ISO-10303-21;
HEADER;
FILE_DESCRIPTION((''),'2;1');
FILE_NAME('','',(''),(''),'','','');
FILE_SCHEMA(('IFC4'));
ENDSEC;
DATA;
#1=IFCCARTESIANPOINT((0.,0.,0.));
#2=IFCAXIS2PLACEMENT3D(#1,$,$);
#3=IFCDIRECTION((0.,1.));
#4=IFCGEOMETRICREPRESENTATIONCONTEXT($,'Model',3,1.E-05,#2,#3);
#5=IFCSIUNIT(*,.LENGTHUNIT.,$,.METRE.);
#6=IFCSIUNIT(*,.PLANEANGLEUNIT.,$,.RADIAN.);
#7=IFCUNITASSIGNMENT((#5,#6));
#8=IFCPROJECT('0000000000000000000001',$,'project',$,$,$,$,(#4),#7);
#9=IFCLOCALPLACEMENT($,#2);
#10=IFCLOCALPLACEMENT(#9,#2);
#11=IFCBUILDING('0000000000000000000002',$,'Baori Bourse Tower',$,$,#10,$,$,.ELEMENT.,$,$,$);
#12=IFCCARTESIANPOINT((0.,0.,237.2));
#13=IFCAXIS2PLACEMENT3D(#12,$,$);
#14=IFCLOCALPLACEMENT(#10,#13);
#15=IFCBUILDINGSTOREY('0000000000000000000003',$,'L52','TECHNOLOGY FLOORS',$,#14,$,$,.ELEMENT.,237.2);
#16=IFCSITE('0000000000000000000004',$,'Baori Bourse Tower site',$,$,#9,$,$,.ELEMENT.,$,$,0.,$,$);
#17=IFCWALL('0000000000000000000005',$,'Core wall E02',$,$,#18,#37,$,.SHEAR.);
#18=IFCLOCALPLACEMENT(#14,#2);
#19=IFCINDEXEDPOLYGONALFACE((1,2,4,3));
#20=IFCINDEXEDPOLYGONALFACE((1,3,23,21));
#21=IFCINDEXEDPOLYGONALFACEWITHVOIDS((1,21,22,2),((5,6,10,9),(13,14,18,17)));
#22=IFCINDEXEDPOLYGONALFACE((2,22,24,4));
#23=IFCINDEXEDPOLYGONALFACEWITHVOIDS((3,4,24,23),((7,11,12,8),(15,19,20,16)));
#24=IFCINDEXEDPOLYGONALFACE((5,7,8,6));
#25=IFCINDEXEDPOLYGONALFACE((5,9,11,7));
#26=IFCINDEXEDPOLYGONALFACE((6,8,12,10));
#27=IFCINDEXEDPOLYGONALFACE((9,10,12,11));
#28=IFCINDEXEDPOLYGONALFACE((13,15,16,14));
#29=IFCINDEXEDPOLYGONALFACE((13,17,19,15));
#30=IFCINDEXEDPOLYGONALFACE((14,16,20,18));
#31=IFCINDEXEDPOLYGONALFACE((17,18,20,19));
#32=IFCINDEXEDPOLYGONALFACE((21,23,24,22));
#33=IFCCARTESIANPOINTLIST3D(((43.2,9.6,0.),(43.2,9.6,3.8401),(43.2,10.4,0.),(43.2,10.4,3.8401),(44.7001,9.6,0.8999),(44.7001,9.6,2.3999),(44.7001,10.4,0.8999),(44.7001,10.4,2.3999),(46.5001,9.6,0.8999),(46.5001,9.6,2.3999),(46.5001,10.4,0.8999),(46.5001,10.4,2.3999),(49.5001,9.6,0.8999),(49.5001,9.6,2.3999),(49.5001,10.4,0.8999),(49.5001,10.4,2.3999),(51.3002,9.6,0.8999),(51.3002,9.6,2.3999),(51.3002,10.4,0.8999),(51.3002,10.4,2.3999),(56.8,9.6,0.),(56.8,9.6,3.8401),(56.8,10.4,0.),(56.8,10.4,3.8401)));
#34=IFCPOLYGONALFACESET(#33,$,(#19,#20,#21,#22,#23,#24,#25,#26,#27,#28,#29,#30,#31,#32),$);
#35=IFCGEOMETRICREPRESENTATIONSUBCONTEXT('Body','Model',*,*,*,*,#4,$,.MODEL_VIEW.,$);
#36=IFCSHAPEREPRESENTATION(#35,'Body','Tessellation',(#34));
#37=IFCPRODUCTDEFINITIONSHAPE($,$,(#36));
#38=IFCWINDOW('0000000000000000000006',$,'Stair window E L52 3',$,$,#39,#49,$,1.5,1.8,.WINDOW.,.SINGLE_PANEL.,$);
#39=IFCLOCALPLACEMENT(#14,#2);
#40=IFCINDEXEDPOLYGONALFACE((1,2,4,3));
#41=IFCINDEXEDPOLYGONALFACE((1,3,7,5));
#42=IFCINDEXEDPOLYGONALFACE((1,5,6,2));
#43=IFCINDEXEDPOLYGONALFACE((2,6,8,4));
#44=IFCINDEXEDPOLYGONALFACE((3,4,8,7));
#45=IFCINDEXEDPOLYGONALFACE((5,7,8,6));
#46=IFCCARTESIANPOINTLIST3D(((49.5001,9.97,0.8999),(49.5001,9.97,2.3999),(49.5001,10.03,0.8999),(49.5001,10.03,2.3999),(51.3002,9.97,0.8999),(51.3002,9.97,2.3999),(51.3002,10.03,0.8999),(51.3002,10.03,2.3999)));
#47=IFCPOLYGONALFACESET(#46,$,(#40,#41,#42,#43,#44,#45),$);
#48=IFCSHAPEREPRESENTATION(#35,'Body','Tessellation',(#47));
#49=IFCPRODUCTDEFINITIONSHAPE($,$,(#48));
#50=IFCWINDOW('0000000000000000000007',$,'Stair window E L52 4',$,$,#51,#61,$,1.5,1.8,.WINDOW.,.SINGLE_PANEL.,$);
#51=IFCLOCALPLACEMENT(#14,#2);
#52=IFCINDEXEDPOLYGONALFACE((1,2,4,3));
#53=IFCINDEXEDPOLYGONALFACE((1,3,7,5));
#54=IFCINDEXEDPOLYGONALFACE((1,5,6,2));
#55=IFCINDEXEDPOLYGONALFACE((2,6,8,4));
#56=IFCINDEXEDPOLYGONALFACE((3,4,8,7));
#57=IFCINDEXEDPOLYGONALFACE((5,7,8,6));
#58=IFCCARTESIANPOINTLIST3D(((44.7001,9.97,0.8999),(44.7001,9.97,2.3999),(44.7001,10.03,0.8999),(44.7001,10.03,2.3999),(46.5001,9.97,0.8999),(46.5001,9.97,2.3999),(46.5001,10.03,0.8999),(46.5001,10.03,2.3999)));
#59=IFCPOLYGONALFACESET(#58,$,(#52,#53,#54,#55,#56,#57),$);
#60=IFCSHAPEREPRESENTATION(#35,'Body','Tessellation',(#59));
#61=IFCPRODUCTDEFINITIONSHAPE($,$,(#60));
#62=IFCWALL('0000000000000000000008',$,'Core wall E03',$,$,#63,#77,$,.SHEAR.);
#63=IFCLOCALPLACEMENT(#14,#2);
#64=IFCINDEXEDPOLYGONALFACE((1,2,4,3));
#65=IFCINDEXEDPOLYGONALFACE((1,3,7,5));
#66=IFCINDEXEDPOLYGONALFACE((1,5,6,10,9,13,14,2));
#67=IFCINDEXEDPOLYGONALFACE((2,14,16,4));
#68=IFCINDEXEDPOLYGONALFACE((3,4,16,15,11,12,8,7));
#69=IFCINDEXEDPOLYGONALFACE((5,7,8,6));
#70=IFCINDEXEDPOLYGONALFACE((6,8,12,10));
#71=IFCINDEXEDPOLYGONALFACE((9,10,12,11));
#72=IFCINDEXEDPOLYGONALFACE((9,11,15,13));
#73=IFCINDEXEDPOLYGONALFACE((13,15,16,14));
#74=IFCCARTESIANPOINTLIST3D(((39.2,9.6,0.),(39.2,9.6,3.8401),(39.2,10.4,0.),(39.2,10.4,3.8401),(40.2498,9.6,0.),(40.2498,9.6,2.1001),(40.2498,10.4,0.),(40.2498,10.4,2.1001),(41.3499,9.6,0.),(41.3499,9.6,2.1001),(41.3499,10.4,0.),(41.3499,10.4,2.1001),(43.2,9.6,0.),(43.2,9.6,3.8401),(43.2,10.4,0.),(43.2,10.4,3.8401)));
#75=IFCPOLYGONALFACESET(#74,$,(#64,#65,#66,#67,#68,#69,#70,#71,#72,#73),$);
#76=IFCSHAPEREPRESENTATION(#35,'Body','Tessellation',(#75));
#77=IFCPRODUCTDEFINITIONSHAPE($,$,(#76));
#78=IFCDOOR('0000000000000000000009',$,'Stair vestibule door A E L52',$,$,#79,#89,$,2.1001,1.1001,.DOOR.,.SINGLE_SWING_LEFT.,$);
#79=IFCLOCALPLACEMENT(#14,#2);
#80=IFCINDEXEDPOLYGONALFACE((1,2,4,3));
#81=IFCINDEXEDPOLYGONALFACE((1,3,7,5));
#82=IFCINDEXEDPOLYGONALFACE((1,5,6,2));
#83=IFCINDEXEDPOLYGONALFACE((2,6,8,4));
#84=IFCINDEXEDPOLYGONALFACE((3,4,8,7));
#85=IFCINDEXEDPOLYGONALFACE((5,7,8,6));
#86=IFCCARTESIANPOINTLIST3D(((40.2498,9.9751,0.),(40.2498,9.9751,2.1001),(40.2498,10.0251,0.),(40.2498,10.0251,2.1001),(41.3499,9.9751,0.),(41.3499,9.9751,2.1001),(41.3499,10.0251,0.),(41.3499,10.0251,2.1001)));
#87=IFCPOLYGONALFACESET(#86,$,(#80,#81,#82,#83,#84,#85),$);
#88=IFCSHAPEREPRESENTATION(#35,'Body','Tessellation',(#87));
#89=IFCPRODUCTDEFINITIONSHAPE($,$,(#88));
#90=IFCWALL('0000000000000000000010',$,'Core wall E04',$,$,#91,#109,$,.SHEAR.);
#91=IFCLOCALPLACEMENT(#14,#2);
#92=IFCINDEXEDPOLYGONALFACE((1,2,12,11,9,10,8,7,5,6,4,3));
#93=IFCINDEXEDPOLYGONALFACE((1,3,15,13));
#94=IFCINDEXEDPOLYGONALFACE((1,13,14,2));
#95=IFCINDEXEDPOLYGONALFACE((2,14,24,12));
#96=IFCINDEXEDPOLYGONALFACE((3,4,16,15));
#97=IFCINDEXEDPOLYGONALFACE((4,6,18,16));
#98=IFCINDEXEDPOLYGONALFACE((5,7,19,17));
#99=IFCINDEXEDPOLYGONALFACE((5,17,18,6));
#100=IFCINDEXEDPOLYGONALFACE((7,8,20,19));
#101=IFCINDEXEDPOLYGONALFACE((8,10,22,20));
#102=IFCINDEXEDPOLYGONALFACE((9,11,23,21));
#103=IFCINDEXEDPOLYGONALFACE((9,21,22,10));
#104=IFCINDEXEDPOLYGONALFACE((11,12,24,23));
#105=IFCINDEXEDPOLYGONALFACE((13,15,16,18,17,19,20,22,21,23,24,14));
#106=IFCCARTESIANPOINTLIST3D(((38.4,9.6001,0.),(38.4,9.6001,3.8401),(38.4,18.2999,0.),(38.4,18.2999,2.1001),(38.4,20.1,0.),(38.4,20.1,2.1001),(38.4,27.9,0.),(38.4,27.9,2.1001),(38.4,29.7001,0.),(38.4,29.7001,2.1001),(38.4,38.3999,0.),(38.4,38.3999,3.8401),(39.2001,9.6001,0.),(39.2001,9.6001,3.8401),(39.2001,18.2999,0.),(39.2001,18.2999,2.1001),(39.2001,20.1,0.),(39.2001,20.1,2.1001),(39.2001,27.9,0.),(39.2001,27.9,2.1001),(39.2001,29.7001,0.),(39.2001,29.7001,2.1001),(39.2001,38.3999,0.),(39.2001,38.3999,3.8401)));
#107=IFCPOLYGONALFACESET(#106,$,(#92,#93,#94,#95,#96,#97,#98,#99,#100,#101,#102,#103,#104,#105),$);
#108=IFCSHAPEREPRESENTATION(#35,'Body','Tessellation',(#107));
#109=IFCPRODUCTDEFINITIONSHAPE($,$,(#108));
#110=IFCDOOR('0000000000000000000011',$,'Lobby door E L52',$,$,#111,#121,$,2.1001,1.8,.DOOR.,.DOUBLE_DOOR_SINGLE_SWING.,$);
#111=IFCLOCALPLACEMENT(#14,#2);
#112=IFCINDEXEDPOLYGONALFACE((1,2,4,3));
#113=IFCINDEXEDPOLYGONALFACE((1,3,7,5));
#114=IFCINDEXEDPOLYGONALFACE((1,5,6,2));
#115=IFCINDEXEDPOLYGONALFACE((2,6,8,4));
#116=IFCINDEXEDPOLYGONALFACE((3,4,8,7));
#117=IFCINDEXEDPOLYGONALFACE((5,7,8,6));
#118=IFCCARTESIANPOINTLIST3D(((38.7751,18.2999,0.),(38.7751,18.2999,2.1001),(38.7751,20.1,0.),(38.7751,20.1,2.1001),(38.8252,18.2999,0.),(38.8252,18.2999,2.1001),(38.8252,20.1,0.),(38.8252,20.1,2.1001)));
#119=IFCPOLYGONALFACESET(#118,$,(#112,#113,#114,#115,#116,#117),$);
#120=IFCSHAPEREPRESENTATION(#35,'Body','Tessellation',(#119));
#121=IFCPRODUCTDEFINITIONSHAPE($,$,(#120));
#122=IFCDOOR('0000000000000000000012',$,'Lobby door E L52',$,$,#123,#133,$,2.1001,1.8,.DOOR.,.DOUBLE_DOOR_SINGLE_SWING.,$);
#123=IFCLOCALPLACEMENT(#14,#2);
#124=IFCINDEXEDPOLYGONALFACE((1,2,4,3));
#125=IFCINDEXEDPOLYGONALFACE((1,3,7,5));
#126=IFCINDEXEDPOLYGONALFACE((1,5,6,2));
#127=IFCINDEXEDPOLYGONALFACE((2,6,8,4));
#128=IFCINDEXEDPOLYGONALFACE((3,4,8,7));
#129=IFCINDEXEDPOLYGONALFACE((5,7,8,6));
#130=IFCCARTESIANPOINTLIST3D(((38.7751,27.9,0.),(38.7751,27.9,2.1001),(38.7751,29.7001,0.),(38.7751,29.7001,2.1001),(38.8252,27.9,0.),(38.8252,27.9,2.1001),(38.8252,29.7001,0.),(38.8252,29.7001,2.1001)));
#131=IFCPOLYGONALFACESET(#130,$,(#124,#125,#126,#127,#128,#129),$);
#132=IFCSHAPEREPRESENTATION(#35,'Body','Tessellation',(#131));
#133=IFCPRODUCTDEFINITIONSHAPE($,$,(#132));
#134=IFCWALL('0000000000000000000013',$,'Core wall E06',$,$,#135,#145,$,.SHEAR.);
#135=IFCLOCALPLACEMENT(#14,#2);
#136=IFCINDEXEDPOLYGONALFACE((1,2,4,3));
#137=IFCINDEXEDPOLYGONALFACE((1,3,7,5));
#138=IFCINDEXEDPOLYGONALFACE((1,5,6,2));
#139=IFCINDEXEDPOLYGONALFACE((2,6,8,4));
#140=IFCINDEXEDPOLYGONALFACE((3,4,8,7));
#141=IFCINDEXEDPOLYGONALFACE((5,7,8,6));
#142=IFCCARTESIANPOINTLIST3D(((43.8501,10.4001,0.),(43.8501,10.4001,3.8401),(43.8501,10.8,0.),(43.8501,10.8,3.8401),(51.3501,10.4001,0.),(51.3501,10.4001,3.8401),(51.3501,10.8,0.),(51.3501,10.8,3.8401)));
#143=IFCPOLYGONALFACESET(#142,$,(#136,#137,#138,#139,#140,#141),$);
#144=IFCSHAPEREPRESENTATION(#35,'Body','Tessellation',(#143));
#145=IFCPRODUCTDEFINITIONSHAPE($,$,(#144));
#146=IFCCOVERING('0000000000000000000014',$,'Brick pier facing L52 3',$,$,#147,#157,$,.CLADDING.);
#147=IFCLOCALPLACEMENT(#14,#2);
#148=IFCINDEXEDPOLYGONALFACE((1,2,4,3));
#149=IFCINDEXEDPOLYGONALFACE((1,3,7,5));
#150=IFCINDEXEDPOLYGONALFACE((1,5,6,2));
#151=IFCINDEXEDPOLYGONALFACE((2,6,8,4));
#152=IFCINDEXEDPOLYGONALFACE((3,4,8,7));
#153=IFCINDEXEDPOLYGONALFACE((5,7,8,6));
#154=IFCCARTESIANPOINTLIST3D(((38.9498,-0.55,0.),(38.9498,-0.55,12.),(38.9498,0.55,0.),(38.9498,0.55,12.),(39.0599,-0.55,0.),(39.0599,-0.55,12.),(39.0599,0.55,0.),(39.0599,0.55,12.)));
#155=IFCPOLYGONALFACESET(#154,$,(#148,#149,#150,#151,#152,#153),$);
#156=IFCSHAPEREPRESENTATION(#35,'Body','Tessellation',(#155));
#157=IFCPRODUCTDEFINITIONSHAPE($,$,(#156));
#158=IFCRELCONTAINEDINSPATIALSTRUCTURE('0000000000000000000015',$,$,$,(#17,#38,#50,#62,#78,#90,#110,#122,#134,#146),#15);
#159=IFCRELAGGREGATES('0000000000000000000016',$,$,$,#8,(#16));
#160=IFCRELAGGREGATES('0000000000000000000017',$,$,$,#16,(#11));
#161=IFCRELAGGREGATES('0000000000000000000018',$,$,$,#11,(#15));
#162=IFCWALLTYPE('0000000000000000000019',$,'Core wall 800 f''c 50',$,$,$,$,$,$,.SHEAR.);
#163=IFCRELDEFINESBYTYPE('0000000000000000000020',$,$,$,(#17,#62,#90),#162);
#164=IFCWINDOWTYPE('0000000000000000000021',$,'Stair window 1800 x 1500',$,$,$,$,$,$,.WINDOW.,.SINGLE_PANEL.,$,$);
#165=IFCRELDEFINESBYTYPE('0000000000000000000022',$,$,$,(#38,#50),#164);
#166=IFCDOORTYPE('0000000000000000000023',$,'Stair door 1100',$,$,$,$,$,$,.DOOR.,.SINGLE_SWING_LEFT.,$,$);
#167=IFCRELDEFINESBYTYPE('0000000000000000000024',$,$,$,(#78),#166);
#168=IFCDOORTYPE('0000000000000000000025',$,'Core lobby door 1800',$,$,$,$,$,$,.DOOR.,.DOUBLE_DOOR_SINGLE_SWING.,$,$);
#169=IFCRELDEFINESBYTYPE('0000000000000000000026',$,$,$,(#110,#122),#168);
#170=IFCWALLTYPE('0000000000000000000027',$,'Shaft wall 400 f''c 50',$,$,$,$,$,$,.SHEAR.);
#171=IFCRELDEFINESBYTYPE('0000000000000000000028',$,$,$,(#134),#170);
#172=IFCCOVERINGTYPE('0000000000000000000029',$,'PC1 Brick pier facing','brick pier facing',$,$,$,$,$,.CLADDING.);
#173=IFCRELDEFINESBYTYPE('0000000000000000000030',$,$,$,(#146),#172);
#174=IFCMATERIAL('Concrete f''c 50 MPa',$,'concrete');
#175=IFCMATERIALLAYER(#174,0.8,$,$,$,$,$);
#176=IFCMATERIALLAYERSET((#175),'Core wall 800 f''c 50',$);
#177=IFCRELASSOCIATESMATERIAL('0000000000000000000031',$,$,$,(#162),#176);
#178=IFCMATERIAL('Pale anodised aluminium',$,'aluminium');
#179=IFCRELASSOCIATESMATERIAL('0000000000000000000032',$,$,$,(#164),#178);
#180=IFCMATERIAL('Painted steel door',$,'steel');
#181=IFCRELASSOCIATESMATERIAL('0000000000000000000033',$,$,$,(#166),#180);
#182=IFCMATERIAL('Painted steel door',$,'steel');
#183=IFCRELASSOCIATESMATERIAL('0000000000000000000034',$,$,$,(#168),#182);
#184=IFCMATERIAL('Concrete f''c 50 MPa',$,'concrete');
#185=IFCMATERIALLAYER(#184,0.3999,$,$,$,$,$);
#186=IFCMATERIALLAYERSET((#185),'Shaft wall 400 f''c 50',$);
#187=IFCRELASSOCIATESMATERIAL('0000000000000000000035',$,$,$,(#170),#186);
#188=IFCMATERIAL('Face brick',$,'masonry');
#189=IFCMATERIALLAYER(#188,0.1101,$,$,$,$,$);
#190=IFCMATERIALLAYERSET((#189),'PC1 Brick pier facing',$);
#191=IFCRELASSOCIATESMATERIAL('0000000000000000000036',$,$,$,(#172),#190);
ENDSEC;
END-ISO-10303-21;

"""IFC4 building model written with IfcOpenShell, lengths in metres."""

from ifc_helpers import new_model, si_unit, direction, frame, frame_2d, origin, origin_2d, place, context, subcontext, project, spatial, rectangle, extrude, material, layer, layer_set, type_object, element, fill, save


model = new_model("IFC4")

# Units and contexts
model_context = context("Model", 3, precision=1e-05, world=origin(), true_north=direction((0.0, 1.0)))
body_context = subcontext(model_context, "Body", "Model", "MODEL_VIEW")
ifc_project = project(units=[si_unit("LENGTHUNIT", "METRE"), si_unit("PLANEANGLEUNIT", "RADIAN")], contexts=[model_context])

# Site, building, storey
site_placement = place(None, origin())
site = spatial("IfcSite", under=ifc_project, at=site_placement, Name="Baori Bourse Tower site", CompositionType="ELEMENT", RefElevation=0.0)
building_placement = place(site_placement, origin())
building = spatial("IfcBuilding", under=site, at=building_placement, Name="Baori Bourse Tower", CompositionType="ELEMENT")
storey_placement = place(building_placement, frame((0.0, 0.0, 237.2)))
storey = spatial("IfcBuildingStorey", under=building, at=storey_placement, Name="L52", Description="TECHNOLOGY FLOORS", CompositionType="ELEMENT", Elevation=237.2)

# Wall, openings, windows
ifc_material_1 = material(Name="Concrete f'c 50 MPa", Category="concrete")
ifc_layer_1 = layer(ifc_material_1, 0.8)
ifc_layer_set_1 = layer_set([ifc_layer_1], Name="Core wall 800 f'c 50")
wall_type_1 = type_object("IfcWallType", Name="Core wall 800 f'c 50", PredefinedType="SHEAR", material=ifc_layer_set_1)
wall_1_placement = place(storey_placement, frame((56.8, 10.0, 0.0), z_axis=(0.0, 0.0, 1.0), x_axis=(-1.0, 0.0, 0.0)))
wall_1 = element("IfcWall", 1, at=wall_1_placement, inside=storey, type_object=wall_type_1, Name="Core wall E02", PredefinedType="SHEAR", context=body_context, shape_type="SweptSolid", body=[
    extrude(rectangle(XDim=13.6001, YDim=0.8, at=frame_2d((6.8, 0.0))), origin(), (0.0, 0.0, 1.0), 3.8401),
])
opening_1_placement = place(wall_1_placement, frame((5.5, 0.0, 0.8999)))
opening_1 = element("IfcOpeningElement", 2, at=opening_1_placement, cuts=wall_1, PredefinedType="OPENING", context=body_context, shape_type="SweptSolid", body=[
    extrude(rectangle(XDim=1.8, YDim=1.5, at=frame_2d((0.8999, 0.75))), frame((0.0, 0.4099, 0.0), z_axis=(0.0, -1.0, 0.0), x_axis=(1.0, 0.0, 0.0)), (0.0, 0.0, 1.0), 0.8201),
])
opening_2_placement = place(wall_1_placement, frame((10.3, 0.0, 0.8999)))
opening_2 = element("IfcOpeningElement", 3, at=opening_2_placement, cuts=wall_1, PredefinedType="OPENING", context=body_context, shape_type="SweptSolid", body=[
    extrude(rectangle(XDim=1.8, YDim=1.5, at=frame_2d((0.8999, 0.75))), frame((0.0, 0.4099, 0.0), z_axis=(0.0, -1.0, 0.0), x_axis=(1.0, 0.0, 0.0)), (0.0, 0.0, 1.0), 0.8201),
])
ifc_material_2 = material(Name="Pale anodised aluminium", Category="aluminium")
window_type = type_object("IfcWindowType", Name="Stair window 1800 x 1500", PartitioningType="SINGLE_PANEL", PredefinedType="WINDOW", material=ifc_material_2)
window_1_placement = place(opening_1_placement, origin())
window_1 = element("IfcWindow", 4, at=window_1_placement, inside=storey, type_object=window_type, Name="Stair window E L52 3", OverallHeight=1.5, OverallWidth=1.8, PartitioningType="SINGLE_PANEL", PredefinedType="WINDOW", context=body_context, shape_type="SweptSolid", body=[
    extrude(rectangle(XDim=1.8, YDim=1.5, at=frame_2d((0.8999, 0.75))), frame((0.0, 0.03, 0.0), z_axis=(0.0, -1.0, 0.0), x_axis=(1.0, 0.0, 0.0)), (0.0, 0.0, 1.0), 0.0601),
])
fill(opening_1, window_1)
window_2_placement = place(opening_2_placement, origin())
window_2 = element("IfcWindow", 5, at=window_2_placement, inside=storey, type_object=window_type, Name="Stair window E L52 4", OverallHeight=1.5, OverallWidth=1.8, PartitioningType="SINGLE_PANEL", PredefinedType="WINDOW", context=body_context, shape_type="SweptSolid", body=[
    extrude(rectangle(XDim=1.8, YDim=1.5, at=frame_2d((0.8999, 0.75))), frame((0.0, 0.03, 0.0), z_axis=(0.0, -1.0, 0.0), x_axis=(1.0, 0.0, 0.0)), (0.0, 0.0, 1.0), 0.0601),
])
fill(opening_2, window_2)

# Wall, opening, door
wall_2_placement = place(storey_placement, frame((43.2, 10.0, 0.0), z_axis=(0.0, 0.0, 1.0), x_axis=(-1.0, 0.0, 0.0)))
wall_2 = element("IfcWall", 6, at=wall_2_placement, inside=storey, type_object=wall_type_1, Name="Core wall E03", PredefinedType="SHEAR", context=body_context, shape_type="SweptSolid", body=[
    extrude(rectangle(XDim=4.0, YDim=0.8, at=frame_2d((2.0, 0.0))), origin(), (0.0, 0.0, 1.0), 3.8401),
])
opening_3_placement = place(wall_2_placement, frame((1.8501, 0.0, 0.0)))
opening_3 = element("IfcOpeningElement", 7, at=opening_3_placement, cuts=wall_2, PredefinedType="OPENING", context=body_context, shape_type="SweptSolid", body=[
    extrude(rectangle(XDim=1.1001, YDim=2.1001, at=frame_2d((0.55, 1.05))), frame((0.0, 0.4099, 0.0), z_axis=(0.0, -1.0, 0.0), x_axis=(1.0, 0.0, 0.0)), (0.0, 0.0, 1.0), 0.8201),
])
ifc_material_3 = material(Name="Painted steel door", Category="steel")
door_type_1 = type_object("IfcDoorType", Name="Stair door 1100", OperationType="SINGLE_SWING_LEFT", PredefinedType="DOOR", material=ifc_material_3)
door_1_placement = place(opening_3_placement, origin())
door_1 = element("IfcDoor", 8, at=door_1_placement, inside=storey, type_object=door_type_1, Name="Stair vestibule door A E L52", OperationType="SINGLE_SWING_LEFT", OverallHeight=2.1001, OverallWidth=1.1001, PredefinedType="DOOR", context=body_context, shape_type="SweptSolid", body=[
    extrude(rectangle(XDim=1.1001, YDim=2.1001, at=frame_2d((0.55, 1.05))), frame((0.0, 0.0249, 0.0), z_axis=(0.0, -1.0, 0.0), x_axis=(1.0, 0.0, 0.0)), (0.0, 0.0, 1.0), 0.05),
])
fill(opening_3, door_1)

# Wall, openings, doors
wall_3_placement = place(storey_placement, frame((38.8, 9.6001, 0.0), z_axis=(0.0, 0.0, 1.0), x_axis=(0.0, 1.0, 0.0)))
wall_3 = element("IfcWall", 9, at=wall_3_placement, inside=storey, type_object=wall_type_1, Name="Core wall E04", PredefinedType="SHEAR", context=body_context, shape_type="SweptSolid", body=[
    extrude(rectangle(XDim=28.7998, YDim=0.8, at=frame_2d((14.3999, 0.0))), origin(), (0.0, 0.0, 1.0), 3.8401),
])
opening_4_placement = place(wall_3_placement, frame((8.7, 0.0, 0.0)))
opening_4 = element("IfcOpeningElement", 10, at=opening_4_placement, cuts=wall_3, PredefinedType="OPENING", context=body_context, shape_type="SweptSolid", body=[
    extrude(rectangle(XDim=1.8, YDim=2.1001, at=frame_2d((0.8999, 1.05))), frame((0.0, 0.4099, 0.0), z_axis=(0.0, -1.0, 0.0), x_axis=(1.0, 0.0, 0.0)), (0.0, 0.0, 1.0), 0.8201),
])
opening_5_placement = place(wall_3_placement, frame((18.3, 0.0, 0.0)))
opening_5 = element("IfcOpeningElement", 11, at=opening_5_placement, cuts=wall_3, PredefinedType="OPENING", context=body_context, shape_type="SweptSolid", body=[
    extrude(rectangle(XDim=1.8, YDim=2.1001, at=frame_2d((0.8999, 1.05))), frame((0.0, 0.4099, 0.0), z_axis=(0.0, -1.0, 0.0), x_axis=(1.0, 0.0, 0.0)), (0.0, 0.0, 1.0), 0.8201),
])
ifc_material_4 = material(Name="Painted steel door", Category="steel")
door_type_2 = type_object("IfcDoorType", Name="Core lobby door 1800", OperationType="DOUBLE_DOOR_SINGLE_SWING", PredefinedType="DOOR", material=ifc_material_4)
door_2_placement = place(opening_4_placement, origin())
door_2 = element("IfcDoor", 12, at=door_2_placement, inside=storey, type_object=door_type_2, Name="Lobby door E L52", OperationType="DOUBLE_DOOR_SINGLE_SWING", OverallHeight=2.1001, OverallWidth=1.8, PredefinedType="DOOR", context=body_context, shape_type="SweptSolid", body=[
    extrude(rectangle(XDim=1.8, YDim=2.1001, at=frame_2d((0.8999, 1.05))), frame((0.0, 0.0249, 0.0), z_axis=(0.0, -1.0, 0.0), x_axis=(1.0, 0.0, 0.0)), (0.0, 0.0, 1.0), 0.05),
])
fill(opening_4, door_2)
door_3_placement = place(opening_5_placement, origin())
door_3 = element("IfcDoor", 13, at=door_3_placement, inside=storey, type_object=door_type_2, Name="Lobby door E L52", OperationType="DOUBLE_DOOR_SINGLE_SWING", OverallHeight=2.1001, OverallWidth=1.8, PredefinedType="DOOR", context=body_context, shape_type="SweptSolid", body=[
    extrude(rectangle(XDim=1.8, YDim=2.1001, at=frame_2d((0.8999, 1.05))), frame((0.0, 0.0249, 0.0), z_axis=(0.0, -1.0, 0.0), x_axis=(1.0, 0.0, 0.0)), (0.0, 0.0, 1.0), 0.05),
])
fill(opening_5, door_3)

# Wall
ifc_material_5 = material(Name="Concrete f'c 50 MPa", Category="concrete")
ifc_layer_2 = layer(ifc_material_5, 0.3999)
ifc_layer_set_2 = layer_set([ifc_layer_2], Name="Shaft wall 400 f'c 50")
wall_type_2 = type_object("IfcWallType", Name="Shaft wall 400 f'c 50", PredefinedType="SHEAR", material=ifc_layer_set_2)
wall_4_placement = place(storey_placement, frame((43.8501, 10.6001, 0.0), z_axis=(0.0, 0.0, 1.0), x_axis=(1.0, 0.0, 0.0)))
element("IfcWall", 14, at=wall_4_placement, inside=storey, type_object=wall_type_2, Name="Core wall E06", PredefinedType="SHEAR", context=body_context, shape_type="SweptSolid", body=[
    extrude(rectangle(XDim=7.5, YDim=0.3999, at=frame_2d((3.75, 0.0))), origin(), (0.0, 0.0, 1.0), 3.8401),
])

# Covering
ifc_material_6 = material(Name="Face brick", Category="masonry")
ifc_layer_3 = layer(ifc_material_6, 0.1101)
ifc_layer_set_3 = layer_set([ifc_layer_3], Name="PC1 Brick pier facing")
covering_type = type_object("IfcCoveringType", Name="PC1 Brick pier facing", Description="brick pier facing", PredefinedType="CLADDING", material=ifc_layer_set_3)
covering_placement = place(storey_placement, frame((39.0049, 0.0, 0.0), z_axis=(0.0, 0.0, 1.0), x_axis=(1.0, 0.0, 0.0)))
element("IfcCovering", 15, at=covering_placement, inside=storey, type_object=covering_type, Name="Brick pier facing L52 3", PredefinedType="CLADDING", context=body_context, shape_type="SweptSolid", body=[
    extrude(rectangle(XDim=0.1101, YDim=1.1001, at=origin_2d()), origin(), (0.0, 0.0, 1.0), 12.0),
])

save(model, "model.ifc")
